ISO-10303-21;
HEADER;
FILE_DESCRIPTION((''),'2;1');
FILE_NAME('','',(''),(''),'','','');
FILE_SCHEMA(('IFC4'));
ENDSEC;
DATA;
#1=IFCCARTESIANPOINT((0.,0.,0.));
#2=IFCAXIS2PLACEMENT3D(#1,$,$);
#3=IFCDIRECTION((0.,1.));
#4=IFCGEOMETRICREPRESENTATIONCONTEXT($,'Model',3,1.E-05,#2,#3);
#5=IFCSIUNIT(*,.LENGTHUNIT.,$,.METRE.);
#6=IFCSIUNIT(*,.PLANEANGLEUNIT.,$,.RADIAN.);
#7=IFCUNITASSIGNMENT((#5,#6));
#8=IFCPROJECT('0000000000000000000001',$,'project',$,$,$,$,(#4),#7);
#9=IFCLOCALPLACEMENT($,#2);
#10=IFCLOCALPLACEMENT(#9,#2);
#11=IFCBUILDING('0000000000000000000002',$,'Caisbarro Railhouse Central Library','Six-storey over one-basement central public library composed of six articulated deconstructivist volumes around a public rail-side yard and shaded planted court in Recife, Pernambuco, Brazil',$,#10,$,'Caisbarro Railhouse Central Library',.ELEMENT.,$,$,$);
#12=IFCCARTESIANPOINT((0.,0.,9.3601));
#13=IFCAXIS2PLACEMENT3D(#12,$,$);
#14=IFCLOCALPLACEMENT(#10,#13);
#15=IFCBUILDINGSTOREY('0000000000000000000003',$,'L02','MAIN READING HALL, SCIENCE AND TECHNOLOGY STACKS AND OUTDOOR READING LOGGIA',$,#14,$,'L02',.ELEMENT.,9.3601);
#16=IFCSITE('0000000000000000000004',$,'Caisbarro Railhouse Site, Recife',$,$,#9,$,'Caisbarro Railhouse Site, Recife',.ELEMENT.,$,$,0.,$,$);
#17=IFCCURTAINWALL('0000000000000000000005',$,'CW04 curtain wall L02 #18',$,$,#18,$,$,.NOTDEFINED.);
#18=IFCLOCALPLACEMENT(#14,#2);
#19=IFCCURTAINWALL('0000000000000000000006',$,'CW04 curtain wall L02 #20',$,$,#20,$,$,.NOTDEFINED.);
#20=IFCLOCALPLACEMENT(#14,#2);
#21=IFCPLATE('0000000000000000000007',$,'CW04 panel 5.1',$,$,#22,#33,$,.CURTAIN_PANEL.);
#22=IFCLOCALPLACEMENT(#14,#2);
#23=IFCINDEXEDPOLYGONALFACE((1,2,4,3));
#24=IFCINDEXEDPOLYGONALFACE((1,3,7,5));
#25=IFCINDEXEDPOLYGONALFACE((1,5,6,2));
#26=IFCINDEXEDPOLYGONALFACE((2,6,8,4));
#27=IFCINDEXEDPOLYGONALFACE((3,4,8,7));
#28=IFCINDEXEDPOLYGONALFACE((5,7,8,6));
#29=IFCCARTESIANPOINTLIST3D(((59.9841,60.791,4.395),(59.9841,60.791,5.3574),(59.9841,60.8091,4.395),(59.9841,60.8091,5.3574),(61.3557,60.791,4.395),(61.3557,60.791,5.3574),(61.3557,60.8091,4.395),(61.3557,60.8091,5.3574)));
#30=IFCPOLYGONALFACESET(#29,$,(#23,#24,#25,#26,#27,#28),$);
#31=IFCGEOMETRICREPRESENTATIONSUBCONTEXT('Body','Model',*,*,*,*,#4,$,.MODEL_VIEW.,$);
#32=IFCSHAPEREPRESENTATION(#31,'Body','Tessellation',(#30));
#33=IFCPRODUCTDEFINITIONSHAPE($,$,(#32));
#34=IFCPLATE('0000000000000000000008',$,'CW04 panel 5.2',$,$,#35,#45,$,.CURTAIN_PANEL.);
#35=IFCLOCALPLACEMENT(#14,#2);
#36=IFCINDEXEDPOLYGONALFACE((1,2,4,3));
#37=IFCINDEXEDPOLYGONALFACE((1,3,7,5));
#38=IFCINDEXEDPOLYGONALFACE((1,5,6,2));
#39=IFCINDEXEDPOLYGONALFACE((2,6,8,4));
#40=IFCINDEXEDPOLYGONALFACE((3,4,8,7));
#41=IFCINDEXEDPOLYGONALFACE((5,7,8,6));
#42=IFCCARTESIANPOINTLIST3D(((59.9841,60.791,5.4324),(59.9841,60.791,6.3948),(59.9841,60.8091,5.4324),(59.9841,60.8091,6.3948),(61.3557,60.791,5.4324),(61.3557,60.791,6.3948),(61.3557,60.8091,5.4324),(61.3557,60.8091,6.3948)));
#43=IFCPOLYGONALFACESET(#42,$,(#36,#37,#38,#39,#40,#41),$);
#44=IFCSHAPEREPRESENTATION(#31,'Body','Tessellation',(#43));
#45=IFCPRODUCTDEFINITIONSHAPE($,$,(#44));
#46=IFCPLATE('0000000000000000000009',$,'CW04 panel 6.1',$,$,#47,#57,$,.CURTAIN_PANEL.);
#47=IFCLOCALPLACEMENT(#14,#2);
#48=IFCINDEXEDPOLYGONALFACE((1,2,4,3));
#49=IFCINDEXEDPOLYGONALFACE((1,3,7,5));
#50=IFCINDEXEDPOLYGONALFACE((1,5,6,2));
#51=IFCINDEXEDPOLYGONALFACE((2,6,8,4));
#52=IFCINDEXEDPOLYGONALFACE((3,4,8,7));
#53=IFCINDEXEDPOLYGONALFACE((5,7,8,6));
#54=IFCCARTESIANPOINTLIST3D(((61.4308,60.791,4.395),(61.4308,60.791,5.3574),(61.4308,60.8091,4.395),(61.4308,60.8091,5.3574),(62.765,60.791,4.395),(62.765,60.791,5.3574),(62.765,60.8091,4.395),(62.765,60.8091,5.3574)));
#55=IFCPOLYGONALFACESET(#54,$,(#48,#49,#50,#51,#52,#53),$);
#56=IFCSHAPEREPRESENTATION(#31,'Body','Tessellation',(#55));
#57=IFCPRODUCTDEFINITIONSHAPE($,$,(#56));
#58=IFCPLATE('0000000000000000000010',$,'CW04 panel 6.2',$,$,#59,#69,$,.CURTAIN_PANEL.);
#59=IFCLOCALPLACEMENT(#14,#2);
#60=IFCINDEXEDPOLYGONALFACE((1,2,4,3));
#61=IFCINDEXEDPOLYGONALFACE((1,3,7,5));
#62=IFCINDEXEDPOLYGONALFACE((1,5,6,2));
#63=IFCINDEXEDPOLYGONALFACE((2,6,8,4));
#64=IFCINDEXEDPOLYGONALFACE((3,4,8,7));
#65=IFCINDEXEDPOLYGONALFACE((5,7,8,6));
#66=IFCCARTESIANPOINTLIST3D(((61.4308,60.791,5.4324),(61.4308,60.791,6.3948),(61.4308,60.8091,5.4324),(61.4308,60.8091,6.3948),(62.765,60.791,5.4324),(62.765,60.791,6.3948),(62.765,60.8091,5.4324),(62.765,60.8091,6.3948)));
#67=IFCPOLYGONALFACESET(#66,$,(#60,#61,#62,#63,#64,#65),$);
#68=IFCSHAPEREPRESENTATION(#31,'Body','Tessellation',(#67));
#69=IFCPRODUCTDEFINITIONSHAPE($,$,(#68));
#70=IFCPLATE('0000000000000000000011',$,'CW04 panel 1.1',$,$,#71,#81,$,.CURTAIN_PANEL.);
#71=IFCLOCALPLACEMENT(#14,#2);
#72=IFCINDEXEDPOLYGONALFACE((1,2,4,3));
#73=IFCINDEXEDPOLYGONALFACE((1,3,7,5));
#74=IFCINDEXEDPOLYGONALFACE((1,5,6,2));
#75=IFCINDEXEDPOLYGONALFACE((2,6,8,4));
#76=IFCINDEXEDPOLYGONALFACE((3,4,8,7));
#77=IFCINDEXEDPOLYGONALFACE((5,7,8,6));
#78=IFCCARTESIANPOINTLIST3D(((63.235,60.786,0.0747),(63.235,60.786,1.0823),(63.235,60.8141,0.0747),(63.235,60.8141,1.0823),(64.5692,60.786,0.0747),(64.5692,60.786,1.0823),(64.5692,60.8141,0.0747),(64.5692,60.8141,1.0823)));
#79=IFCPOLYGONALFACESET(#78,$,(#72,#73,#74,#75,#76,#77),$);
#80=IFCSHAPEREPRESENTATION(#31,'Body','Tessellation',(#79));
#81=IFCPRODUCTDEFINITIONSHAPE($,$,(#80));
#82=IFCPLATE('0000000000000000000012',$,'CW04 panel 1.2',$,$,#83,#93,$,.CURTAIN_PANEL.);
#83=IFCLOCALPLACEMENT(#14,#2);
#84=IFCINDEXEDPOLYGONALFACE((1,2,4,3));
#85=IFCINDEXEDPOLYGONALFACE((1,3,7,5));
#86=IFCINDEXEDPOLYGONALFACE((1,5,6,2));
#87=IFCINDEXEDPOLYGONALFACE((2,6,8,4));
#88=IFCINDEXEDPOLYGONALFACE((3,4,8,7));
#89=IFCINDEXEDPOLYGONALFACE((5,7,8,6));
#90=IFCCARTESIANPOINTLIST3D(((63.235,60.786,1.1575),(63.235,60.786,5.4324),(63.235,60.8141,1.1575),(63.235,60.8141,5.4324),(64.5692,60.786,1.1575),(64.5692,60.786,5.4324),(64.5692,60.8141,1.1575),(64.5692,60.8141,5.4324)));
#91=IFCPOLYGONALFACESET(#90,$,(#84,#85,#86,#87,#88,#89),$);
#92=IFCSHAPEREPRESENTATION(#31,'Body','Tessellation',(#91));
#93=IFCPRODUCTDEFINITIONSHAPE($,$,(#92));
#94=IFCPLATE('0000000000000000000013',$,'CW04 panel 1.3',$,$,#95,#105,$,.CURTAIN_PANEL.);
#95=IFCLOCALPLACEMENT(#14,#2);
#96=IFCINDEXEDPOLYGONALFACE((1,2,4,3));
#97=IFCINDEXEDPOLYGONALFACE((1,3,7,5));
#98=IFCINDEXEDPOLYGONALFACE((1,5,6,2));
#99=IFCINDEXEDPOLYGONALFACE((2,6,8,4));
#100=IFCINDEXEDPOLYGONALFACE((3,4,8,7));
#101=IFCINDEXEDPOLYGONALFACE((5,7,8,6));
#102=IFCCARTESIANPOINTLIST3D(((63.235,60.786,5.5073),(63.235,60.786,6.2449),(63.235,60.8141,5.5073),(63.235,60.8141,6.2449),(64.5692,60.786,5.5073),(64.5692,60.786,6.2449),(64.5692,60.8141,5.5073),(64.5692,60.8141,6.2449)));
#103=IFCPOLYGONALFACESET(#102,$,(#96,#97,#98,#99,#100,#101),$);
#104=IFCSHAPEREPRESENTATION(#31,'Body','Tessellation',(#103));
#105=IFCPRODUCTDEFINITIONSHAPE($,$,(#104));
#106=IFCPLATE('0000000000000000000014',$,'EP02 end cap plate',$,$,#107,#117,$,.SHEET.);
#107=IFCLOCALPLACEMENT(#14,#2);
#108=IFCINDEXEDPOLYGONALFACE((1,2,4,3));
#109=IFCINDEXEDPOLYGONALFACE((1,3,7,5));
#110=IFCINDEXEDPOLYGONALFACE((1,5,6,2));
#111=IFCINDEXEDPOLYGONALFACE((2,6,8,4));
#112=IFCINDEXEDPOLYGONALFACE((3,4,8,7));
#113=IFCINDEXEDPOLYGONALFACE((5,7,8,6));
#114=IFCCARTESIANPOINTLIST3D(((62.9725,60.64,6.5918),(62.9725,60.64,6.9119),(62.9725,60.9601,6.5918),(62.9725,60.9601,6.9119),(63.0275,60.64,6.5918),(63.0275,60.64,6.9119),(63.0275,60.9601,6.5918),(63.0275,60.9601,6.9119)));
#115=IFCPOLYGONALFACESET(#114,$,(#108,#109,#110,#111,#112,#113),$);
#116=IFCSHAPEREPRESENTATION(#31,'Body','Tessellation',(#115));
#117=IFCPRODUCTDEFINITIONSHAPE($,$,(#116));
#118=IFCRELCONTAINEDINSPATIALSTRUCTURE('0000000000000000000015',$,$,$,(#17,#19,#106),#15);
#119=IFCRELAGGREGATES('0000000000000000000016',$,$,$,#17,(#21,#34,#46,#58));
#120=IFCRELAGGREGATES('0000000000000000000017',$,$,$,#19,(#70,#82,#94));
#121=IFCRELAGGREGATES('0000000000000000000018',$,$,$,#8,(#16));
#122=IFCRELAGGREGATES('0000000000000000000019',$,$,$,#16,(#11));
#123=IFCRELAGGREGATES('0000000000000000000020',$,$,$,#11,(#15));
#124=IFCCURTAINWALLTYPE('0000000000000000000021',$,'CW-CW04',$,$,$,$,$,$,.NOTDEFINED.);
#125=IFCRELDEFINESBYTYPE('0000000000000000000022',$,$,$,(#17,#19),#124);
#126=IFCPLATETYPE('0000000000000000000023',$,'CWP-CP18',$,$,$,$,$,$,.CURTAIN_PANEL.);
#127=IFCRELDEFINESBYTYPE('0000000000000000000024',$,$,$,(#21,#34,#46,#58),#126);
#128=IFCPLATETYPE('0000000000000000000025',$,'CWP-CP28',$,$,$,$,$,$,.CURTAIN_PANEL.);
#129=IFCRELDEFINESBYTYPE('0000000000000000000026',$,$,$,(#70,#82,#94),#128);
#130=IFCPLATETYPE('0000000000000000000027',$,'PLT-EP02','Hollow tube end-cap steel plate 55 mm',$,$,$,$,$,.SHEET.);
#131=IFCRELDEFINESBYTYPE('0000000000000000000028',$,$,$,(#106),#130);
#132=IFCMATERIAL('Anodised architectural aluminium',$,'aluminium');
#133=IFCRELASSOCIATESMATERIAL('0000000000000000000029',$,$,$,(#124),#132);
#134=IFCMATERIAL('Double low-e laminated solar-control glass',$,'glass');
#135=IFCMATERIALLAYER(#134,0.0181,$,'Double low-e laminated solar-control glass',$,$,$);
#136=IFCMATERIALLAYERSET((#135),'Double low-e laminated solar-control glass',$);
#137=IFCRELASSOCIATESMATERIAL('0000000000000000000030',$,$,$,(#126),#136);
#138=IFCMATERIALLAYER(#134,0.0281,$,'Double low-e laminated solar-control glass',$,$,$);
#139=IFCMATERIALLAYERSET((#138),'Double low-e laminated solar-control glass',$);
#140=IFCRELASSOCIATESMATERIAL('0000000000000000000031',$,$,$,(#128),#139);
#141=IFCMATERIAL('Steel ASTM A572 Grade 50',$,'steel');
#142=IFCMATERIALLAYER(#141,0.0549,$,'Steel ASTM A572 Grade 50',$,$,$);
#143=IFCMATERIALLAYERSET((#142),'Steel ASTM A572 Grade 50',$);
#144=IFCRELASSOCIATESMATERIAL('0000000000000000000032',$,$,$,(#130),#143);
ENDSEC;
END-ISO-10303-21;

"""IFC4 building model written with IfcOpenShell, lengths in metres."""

from ifc_helpers import new_model, si_unit, direction, frame, origin, origin_2d, place, context, subcontext, project, spatial, rectangle, extrude, material, layer, layer_set, type_object, element, aggregate, save


model = new_model("IFC4")

# Units and contexts
model_context = context("Model", 3, precision=1e-05, world=origin(), true_north=direction((0.0, 1.0)))
body_context = subcontext(model_context, "Body", "Model", "MODEL_VIEW")
ifc_project = project(units=[si_unit("LENGTHUNIT", "METRE"), si_unit("PLANEANGLEUNIT", "RADIAN")], contexts=[model_context])

# Site, building, storey
site_placement = place(None, origin())
site = spatial("IfcSite", under=ifc_project, at=site_placement, Name="Caisbarro Railhouse Site, Recife", LongName="Caisbarro Railhouse Site, Recife", CompositionType="ELEMENT", RefElevation=0.0)
building_placement = place(site_placement, origin())
building = spatial("IfcBuilding", under=site, at=building_placement, Name="Caisbarro Railhouse Central Library", Description="Six-storey over one-basement central public library composed of six articulated deconstructivist volumes around a public rail-side yard and shaded planted court in Recife, Pernambuco, Brazil", LongName="Caisbarro Railhouse Central Library", CompositionType="ELEMENT")
storey_placement = place(building_placement, frame((0.0, 0.0, 9.3601)))
storey = spatial("IfcBuildingStorey", under=building, at=storey_placement, Name="L02", Description="MAIN READING HALL, SCIENCE AND TECHNOLOGY STACKS AND OUTDOOR READING LOGGIA", LongName="L02", CompositionType="ELEMENT", Elevation=9.3601)

# Shared definitions
ifc_material_1 = material(Name="Steel ASTM A572 Grade 50", Category="steel")

# Curtain walls
ifc_material_2 = material(Name="Anodised architectural aluminium", Category="aluminium")
curtain_wall_type = type_object("IfcCurtainWallType", Name="CW-CW04", PredefinedType="NOTDEFINED", material=ifc_material_2)
curtain_wall_1_placement = place(storey_placement, origin())
curtain_wall_1 = element("IfcCurtainWall", 1, at=curtain_wall_1_placement, inside=storey, type_object=curtain_wall_type, Name="CW04 curtain wall L02 #18", PredefinedType="NOTDEFINED")
curtain_wall_2_placement = place(storey_placement, origin())
curtain_wall_2 = element("IfcCurtainWall", 2, at=curtain_wall_2_placement, inside=storey, type_object=curtain_wall_type, Name="CW04 curtain wall L02 #20", PredefinedType="NOTDEFINED")

# Plates
ifc_material_3 = material(Name="Double low-e laminated solar-control glass", Category="glass")
ifc_layer_1 = layer(ifc_material_3, 0.0181, Name="Double low-e laminated solar-control glass")
ifc_layer_set_1 = layer_set([ifc_layer_1], Name="Double low-e laminated solar-control glass")
plate_type_1 = type_object("IfcPlateType", Name="CWP-CP18", PredefinedType="CURTAIN_PANEL", material=ifc_layer_set_1)
plate_1_placement = place(storey_placement, frame((60.6699, 60.8, 4.395), z_axis=(0.0, 0.0, 1.0), x_axis=(1.0, 0.0, 0.0)))
plate_1 = element("IfcPlate", 3, at=plate_1_placement, type_object=plate_type_1, Name="CW04 panel 5.1", PredefinedType="CURTAIN_PANEL", context=body_context, shape_type="SweptSolid", body=[
    extrude(rectangle(XDim=1.3716, YDim=0.0181, at=origin_2d()), origin(), (0.0, 0.0, 1.0), 0.9624),
])
plate_2_placement = place(storey_placement, frame((60.6699, 60.8, 5.4324), z_axis=(0.0, 0.0, 1.0), x_axis=(1.0, 0.0, 0.0)))
plate_2 = element("IfcPlate", 4, at=plate_2_placement, type_object=plate_type_1, Name="CW04 panel 5.2", PredefinedType="CURTAIN_PANEL", context=body_context, shape_type="SweptSolid", body=[
    extrude(rectangle(XDim=1.3716, YDim=0.0181, at=origin_2d()), origin(), (0.0, 0.0, 1.0), 0.9624),
])
plate_3_placement = place(storey_placement, frame((62.0979, 60.8, 4.395), z_axis=(0.0, 0.0, 1.0), x_axis=(1.0, 0.0, 0.0)))
plate_3 = element("IfcPlate", 5, at=plate_3_placement, type_object=plate_type_1, Name="CW04 panel 6.1", PredefinedType="CURTAIN_PANEL", context=body_context, shape_type="SweptSolid", body=[
    extrude(rectangle(XDim=1.3342, YDim=0.0181, at=origin_2d()), origin(), (0.0, 0.0, 1.0), 0.9624),
])
plate_4_placement = place(storey_placement, frame((62.0979, 60.8, 5.4324), z_axis=(0.0, 0.0, 1.0), x_axis=(1.0, 0.0, 0.0)))
plate_4 = element("IfcPlate", 6, at=plate_4_placement, type_object=plate_type_1, Name="CW04 panel 6.2", PredefinedType="CURTAIN_PANEL", context=body_context, shape_type="SweptSolid", body=[
    extrude(rectangle(XDim=1.3342, YDim=0.0181, at=origin_2d()), origin(), (0.0, 0.0, 1.0), 0.9624),
])
aggregate(curtain_wall_1, [plate_1, plate_2, plate_3, plate_4])
ifc_layer_2 = layer(ifc_material_3, 0.0281, Name="Double low-e laminated solar-control glass")
ifc_layer_set_2 = layer_set([ifc_layer_2], Name="Double low-e laminated solar-control glass")
plate_type_2 = type_object("IfcPlateType", Name="CWP-CP28", PredefinedType="CURTAIN_PANEL", material=ifc_layer_set_2)
plate_5_placement = place(storey_placement, frame((63.9021, 60.8, 0.0747), z_axis=(0.0, 0.0, 1.0), x_axis=(1.0, 0.0, 0.0)))
plate_5 = element("IfcPlate", 7, at=plate_5_placement, type_object=plate_type_2, Name="CW04 panel 1.1", PredefinedType="CURTAIN_PANEL", context=body_context, shape_type="SweptSolid", body=[
    extrude(rectangle(XDim=1.3342, YDim=0.0281, at=origin_2d()), origin(), (0.0, 0.0, 1.0), 1.0076),
])
plate_6_placement = place(storey_placement, frame((63.9021, 60.8, 1.1575), z_axis=(0.0, 0.0, 1.0), x_axis=(1.0, 0.0, 0.0)))
plate_6 = element("IfcPlate", 8, at=plate_6_placement, type_object=plate_type_2, Name="CW04 panel 1.2", PredefinedType="CURTAIN_PANEL", context=body_context, shape_type="SweptSolid", body=[
    extrude(rectangle(XDim=1.3342, YDim=0.0281, at=origin_2d()), origin(), (0.0, 0.0, 1.0), 4.2749),
])
plate_7_placement = place(storey_placement, frame((63.9021, 60.8, 5.5073), z_axis=(0.0, 0.0, 1.0), x_axis=(1.0, 0.0, 0.0)))
plate_7 = element("IfcPlate", 9, at=plate_7_placement, type_object=plate_type_2, Name="CW04 panel 1.3", PredefinedType="CURTAIN_PANEL", context=body_context, shape_type="SweptSolid", body=[
    extrude(rectangle(XDim=1.3342, YDim=0.0281, at=origin_2d()), origin(), (0.0, 0.0, 1.0), 0.7375),
])
aggregate(curtain_wall_2, [plate_5, plate_6, plate_7])
ifc_layer_3 = layer(ifc_material_1, 0.0549, Name="Steel ASTM A572 Grade 50")
ifc_layer_set_3 = layer_set([ifc_layer_3], Name="Steel ASTM A572 Grade 50")
plate_type_3 = type_object("IfcPlateType", Name="PLT-EP02", Description="Hollow tube end-cap steel plate 55 mm", PredefinedType="SHEET", material=ifc_layer_set_3)
plate_8_placement = place(storey_placement, frame((63.0, 60.8, 6.5918), z_axis=(0.0, 0.0, 1.0), x_axis=(1.0, 0.0, 0.0)))
element("IfcPlate", 10, at=plate_8_placement, inside=storey, type_object=plate_type_3, Name="EP02 end cap plate", PredefinedType="SHEET", context=body_context, shape_type="SweptSolid", body=[
    extrude(rectangle(XDim=0.0549, YDim=0.3201, at=origin_2d()), origin(), (0.0, 0.0, 1.0), 0.3201),
])

save(model, "model.ifc")
